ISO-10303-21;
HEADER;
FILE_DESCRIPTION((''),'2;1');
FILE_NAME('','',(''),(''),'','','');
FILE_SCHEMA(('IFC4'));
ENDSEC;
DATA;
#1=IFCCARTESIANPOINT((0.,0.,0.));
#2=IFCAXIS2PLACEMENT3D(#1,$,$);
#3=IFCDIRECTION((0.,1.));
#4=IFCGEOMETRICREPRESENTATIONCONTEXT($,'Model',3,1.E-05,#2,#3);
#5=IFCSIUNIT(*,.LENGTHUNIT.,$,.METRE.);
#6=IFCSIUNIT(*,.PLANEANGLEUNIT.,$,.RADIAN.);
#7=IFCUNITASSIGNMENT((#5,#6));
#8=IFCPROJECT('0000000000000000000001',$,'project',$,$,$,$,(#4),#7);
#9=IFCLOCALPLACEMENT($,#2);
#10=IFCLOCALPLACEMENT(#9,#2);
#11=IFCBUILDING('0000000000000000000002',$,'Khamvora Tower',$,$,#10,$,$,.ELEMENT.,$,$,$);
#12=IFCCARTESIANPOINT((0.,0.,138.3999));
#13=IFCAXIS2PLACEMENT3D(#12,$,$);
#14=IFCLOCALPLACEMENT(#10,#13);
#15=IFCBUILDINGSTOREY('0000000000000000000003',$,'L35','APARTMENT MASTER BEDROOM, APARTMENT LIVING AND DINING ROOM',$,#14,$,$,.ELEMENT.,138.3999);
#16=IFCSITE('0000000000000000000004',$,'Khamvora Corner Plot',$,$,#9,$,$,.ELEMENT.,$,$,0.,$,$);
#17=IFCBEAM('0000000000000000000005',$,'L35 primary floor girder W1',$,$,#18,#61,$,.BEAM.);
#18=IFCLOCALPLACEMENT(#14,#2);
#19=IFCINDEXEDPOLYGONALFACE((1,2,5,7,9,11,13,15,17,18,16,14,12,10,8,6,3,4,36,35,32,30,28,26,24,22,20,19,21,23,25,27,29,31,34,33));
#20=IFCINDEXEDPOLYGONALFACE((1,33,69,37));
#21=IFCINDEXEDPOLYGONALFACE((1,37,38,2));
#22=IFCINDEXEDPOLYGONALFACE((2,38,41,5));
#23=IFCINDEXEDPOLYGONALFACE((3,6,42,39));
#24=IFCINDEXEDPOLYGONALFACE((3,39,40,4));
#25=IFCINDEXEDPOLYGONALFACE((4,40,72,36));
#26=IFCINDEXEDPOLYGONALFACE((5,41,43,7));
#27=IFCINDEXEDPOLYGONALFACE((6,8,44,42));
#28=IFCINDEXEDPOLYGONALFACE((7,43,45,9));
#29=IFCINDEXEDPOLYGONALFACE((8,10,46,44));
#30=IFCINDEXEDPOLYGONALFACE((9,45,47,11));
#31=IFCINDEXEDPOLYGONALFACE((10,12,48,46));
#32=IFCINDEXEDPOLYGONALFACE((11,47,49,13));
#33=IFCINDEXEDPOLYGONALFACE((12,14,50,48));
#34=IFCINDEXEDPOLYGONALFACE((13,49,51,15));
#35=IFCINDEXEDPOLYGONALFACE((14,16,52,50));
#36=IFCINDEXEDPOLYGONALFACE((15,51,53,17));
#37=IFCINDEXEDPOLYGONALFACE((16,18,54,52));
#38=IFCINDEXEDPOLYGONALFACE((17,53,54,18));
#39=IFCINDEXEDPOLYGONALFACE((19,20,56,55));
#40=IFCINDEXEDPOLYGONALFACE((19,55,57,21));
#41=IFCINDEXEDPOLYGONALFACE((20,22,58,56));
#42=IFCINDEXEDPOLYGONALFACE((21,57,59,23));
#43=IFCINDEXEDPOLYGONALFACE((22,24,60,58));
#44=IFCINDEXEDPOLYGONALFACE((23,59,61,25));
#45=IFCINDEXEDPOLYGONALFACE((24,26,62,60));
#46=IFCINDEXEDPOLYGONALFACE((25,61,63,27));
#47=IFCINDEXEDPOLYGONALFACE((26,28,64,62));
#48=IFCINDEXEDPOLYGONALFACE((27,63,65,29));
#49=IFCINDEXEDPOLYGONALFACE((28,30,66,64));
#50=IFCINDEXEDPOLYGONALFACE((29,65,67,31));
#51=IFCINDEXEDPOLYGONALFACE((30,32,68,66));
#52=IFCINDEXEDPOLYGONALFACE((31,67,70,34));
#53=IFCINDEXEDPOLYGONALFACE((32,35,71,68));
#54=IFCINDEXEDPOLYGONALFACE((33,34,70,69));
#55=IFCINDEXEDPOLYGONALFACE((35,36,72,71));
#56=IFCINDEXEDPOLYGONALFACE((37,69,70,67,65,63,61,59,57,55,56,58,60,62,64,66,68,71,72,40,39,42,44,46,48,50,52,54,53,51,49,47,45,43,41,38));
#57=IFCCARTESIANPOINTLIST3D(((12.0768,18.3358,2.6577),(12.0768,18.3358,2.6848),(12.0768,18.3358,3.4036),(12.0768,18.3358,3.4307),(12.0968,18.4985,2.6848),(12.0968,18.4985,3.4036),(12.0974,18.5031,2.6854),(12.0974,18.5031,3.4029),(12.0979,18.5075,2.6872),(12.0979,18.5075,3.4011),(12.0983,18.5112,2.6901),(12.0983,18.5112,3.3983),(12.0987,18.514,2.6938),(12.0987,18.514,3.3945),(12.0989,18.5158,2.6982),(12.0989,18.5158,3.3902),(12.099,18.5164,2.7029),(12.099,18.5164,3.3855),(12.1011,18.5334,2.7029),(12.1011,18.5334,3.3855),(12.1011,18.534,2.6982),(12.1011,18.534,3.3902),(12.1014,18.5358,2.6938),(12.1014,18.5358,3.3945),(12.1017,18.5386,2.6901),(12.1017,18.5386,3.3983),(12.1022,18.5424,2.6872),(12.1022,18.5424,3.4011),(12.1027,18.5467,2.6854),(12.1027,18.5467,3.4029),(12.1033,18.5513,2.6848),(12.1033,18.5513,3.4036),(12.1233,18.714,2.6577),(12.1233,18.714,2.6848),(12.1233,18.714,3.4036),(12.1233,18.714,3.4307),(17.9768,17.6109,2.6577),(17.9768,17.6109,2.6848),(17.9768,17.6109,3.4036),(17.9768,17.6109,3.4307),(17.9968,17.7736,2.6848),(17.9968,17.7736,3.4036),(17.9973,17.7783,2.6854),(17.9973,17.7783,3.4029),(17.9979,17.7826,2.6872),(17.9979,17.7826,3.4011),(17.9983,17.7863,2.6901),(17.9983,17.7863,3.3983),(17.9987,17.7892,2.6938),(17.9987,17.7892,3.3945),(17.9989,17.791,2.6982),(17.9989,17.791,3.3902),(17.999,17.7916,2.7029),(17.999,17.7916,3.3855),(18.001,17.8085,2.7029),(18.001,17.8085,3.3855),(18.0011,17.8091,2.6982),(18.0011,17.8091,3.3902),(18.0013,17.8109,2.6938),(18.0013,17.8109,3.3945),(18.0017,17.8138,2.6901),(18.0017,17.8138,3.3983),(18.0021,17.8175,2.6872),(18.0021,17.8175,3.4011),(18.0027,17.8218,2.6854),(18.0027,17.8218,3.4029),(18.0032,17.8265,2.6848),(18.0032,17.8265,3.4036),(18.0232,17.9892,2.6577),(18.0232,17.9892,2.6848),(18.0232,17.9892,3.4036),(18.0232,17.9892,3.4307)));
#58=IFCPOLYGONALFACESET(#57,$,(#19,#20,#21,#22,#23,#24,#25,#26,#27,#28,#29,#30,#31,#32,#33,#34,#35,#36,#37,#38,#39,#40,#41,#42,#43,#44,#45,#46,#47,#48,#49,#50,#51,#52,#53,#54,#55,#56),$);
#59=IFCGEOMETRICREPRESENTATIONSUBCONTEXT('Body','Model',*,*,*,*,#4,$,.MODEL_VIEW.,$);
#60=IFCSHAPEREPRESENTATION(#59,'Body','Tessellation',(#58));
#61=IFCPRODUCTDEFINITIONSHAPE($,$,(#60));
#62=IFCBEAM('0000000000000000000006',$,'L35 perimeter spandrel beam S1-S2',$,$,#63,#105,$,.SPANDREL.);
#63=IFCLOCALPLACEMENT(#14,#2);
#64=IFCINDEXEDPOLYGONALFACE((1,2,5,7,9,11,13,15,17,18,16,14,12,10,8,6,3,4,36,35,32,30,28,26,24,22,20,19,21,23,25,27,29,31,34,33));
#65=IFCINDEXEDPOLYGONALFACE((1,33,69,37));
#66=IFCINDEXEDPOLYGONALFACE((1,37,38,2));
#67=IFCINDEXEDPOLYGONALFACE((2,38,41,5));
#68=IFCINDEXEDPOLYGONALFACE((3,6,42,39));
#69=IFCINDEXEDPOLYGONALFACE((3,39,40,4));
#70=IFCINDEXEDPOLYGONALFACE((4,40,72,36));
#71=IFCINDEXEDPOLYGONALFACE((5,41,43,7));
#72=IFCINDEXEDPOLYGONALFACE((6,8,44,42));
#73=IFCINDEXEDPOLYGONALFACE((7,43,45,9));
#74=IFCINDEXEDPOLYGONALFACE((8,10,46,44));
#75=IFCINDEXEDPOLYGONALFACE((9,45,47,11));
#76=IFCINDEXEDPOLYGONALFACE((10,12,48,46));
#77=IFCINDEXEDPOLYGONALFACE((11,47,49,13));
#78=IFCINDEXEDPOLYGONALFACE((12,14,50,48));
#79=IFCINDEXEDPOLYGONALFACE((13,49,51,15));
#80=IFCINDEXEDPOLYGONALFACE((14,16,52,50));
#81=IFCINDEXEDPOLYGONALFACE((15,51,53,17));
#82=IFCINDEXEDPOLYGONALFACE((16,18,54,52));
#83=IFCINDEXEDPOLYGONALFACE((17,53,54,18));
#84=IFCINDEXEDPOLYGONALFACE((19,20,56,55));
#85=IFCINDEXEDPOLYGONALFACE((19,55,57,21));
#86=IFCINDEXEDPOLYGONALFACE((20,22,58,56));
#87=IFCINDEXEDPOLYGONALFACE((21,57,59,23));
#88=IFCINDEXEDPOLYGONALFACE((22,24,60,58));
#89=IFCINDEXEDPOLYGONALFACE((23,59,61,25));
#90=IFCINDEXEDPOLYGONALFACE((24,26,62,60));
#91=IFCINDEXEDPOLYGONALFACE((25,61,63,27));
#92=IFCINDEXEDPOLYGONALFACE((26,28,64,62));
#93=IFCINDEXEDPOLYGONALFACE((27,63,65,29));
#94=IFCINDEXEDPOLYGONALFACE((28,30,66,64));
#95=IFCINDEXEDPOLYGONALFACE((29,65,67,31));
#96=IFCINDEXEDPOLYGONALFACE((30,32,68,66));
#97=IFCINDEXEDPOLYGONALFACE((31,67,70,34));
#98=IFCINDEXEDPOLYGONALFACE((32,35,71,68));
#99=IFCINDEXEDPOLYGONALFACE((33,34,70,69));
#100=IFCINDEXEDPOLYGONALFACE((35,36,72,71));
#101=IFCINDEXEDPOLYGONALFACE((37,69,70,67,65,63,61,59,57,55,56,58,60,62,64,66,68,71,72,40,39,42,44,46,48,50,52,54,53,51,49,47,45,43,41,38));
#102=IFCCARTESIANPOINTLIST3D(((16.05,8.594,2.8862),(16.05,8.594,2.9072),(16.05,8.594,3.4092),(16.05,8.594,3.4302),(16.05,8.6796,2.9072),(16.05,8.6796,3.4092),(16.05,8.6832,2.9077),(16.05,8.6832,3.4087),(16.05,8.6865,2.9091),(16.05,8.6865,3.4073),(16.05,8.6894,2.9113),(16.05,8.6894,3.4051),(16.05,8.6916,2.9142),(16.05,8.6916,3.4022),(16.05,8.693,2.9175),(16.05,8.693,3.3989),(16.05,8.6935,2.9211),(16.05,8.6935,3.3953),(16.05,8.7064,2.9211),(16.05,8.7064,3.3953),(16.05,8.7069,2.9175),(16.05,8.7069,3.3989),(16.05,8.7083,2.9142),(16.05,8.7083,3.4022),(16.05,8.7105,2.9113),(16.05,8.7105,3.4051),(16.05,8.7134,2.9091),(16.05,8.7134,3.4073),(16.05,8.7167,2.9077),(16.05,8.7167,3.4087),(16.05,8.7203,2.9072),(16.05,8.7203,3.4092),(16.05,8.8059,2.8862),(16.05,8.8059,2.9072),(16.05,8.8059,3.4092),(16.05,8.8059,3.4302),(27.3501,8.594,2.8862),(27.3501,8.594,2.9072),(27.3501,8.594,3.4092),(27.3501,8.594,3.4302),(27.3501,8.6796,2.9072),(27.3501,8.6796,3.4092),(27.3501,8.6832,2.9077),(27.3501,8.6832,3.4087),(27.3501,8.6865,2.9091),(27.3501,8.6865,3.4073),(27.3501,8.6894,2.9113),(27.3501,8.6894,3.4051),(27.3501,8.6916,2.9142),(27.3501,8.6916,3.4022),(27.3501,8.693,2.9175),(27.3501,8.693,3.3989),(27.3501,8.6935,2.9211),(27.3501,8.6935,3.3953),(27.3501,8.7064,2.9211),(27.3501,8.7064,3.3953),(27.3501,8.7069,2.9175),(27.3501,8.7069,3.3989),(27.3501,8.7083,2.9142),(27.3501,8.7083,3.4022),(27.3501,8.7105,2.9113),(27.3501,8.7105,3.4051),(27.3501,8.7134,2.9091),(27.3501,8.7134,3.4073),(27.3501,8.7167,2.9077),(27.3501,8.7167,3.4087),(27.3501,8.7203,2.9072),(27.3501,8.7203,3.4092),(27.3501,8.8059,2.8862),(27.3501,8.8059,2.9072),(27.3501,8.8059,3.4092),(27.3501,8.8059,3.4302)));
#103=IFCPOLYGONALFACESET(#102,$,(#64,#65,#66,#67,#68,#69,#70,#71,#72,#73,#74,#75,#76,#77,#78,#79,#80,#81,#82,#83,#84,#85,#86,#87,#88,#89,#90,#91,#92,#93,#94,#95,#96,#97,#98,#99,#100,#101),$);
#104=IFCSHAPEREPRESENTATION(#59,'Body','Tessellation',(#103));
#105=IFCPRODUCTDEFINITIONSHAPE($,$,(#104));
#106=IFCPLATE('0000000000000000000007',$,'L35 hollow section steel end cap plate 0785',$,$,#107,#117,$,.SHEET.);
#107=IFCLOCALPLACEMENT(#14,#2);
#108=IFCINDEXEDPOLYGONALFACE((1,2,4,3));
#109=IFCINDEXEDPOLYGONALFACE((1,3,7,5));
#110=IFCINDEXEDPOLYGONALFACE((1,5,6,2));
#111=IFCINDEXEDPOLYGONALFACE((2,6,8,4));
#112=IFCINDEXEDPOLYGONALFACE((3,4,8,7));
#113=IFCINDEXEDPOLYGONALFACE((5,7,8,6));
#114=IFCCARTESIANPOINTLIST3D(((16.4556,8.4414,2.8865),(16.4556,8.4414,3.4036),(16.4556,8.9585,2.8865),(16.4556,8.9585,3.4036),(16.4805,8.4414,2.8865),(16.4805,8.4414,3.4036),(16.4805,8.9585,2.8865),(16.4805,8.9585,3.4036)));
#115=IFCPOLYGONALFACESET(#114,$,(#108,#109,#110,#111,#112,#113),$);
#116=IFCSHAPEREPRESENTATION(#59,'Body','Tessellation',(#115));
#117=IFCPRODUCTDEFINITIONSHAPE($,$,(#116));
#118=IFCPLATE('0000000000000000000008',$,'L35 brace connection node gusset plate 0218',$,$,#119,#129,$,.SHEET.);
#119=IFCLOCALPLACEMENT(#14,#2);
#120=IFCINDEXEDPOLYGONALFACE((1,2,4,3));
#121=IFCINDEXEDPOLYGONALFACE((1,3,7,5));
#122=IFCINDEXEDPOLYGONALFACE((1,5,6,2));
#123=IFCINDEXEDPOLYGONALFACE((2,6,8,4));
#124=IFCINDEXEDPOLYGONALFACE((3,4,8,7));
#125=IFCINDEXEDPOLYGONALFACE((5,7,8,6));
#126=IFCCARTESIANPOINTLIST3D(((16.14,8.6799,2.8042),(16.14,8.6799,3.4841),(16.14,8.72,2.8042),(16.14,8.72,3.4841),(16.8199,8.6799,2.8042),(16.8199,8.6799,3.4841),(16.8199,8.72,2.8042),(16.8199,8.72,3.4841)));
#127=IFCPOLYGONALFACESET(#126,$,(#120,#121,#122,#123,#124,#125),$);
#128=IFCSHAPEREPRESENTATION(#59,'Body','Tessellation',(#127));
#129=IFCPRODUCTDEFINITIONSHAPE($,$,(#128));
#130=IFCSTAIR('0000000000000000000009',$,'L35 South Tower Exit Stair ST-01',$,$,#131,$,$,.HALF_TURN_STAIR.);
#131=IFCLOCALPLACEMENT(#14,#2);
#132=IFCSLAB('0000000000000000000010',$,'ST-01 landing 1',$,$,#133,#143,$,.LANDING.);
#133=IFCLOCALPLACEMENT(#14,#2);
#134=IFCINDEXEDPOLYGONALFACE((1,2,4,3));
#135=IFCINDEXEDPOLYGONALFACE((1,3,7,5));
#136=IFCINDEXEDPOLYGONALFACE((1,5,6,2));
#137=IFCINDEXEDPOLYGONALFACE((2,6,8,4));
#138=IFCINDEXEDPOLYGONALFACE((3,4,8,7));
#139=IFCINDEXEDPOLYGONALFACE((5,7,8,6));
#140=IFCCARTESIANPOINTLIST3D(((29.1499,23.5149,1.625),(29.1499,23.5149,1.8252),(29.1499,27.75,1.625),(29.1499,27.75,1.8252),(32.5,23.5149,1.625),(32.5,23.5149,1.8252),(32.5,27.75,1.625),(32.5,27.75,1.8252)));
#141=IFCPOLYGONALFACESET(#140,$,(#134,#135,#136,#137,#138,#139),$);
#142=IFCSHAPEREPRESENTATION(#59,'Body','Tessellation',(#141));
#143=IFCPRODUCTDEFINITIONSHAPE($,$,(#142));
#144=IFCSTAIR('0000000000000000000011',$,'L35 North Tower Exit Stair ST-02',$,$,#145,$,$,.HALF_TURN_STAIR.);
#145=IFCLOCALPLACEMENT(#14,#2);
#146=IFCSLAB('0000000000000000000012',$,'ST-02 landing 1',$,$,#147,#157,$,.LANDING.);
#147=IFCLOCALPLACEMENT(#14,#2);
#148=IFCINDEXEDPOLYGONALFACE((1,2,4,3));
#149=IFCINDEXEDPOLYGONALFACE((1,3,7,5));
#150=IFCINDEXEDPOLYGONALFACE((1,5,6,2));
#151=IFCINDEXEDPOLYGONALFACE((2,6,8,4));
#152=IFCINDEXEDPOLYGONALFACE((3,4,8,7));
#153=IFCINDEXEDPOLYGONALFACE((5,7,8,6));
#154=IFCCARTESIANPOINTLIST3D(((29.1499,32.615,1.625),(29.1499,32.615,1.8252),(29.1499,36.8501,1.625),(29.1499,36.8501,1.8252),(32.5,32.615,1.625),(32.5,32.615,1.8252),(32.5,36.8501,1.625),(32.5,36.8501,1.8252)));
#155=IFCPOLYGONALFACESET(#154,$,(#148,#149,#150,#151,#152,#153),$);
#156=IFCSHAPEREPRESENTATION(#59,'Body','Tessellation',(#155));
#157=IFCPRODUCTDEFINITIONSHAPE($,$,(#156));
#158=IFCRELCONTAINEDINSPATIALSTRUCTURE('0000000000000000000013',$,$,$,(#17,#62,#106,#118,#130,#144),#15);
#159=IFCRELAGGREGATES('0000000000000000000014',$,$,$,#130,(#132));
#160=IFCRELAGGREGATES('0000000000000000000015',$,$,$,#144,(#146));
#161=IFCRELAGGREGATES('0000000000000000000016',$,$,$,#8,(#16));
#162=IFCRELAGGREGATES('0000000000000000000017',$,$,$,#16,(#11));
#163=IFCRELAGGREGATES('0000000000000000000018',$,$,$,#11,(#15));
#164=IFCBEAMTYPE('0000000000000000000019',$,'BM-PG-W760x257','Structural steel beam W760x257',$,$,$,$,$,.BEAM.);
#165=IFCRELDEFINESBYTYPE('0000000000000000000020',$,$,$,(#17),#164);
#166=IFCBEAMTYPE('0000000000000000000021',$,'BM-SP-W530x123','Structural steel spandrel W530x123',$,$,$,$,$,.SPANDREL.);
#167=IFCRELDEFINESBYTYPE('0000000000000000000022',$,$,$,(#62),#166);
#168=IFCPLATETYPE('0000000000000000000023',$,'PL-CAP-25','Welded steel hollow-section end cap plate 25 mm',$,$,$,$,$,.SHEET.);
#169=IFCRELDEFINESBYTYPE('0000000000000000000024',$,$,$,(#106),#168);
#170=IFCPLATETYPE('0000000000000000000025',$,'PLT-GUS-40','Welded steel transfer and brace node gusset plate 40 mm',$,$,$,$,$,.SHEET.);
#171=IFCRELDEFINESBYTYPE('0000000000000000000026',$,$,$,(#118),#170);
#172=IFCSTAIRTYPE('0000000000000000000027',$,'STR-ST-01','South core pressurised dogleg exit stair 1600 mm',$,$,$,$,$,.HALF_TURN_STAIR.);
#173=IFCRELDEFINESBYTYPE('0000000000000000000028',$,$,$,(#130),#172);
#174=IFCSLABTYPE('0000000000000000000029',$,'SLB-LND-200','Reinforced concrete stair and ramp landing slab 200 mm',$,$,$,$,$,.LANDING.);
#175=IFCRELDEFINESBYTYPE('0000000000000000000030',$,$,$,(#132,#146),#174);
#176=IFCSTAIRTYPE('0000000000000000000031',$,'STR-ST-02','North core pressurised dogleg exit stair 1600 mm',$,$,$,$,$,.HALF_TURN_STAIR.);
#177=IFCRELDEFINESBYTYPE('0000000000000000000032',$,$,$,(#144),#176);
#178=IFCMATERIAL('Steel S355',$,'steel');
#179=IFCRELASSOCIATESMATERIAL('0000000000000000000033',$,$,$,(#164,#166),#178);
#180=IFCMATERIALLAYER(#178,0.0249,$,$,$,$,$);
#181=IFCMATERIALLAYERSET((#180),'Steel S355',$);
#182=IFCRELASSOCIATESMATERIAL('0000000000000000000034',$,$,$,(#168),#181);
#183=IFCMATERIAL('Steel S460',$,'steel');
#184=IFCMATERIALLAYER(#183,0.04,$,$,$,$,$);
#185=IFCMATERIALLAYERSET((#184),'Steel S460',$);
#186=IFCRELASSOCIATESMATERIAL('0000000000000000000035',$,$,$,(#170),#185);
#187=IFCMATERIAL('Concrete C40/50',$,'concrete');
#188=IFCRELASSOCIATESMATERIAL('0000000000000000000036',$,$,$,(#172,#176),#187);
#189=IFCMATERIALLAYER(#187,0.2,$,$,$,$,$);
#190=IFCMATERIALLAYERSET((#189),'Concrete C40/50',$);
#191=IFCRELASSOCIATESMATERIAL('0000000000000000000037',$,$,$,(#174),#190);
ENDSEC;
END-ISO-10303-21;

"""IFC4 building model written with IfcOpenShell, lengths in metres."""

from ifc_helpers import new_model, si_unit, direction, frame, origin, origin_2d, place, context, subcontext, project, spatial, polyline, rectangle, i_section, outline, extrude, material, layer, layer_set, material_profile, profile_set, type_object, element, aggregate, save


model = new_model("IFC4")

# Units and contexts
model_context = context("Model", 3, precision=1e-05, world=origin(), true_north=direction((0.0, 1.0)))
body_context = subcontext(model_context, "Body", "Model", "MODEL_VIEW")
ifc_project = project(units=[si_unit("LENGTHUNIT", "METRE"), si_unit("PLANEANGLEUNIT", "RADIAN")], contexts=[model_context])

# Site, building, storey
site_placement = place(None, origin())
site = spatial("IfcSite", under=ifc_project, at=site_placement, Name="Khamvora Corner Plot", CompositionType="ELEMENT", RefElevation=0.0)
building_placement = place(site_placement, origin())
building = spatial("IfcBuilding", under=site, at=building_placement, Name="Khamvora Tower", CompositionType="ELEMENT")
storey_placement = place(building_placement, frame((0.0, 0.0, 138.3999)))
storey = spatial("IfcBuildingStorey", under=building, at=storey_placement, Name="L35", Description="APARTMENT MASTER BEDROOM, APARTMENT LIVING AND DINING ROOM", CompositionType="ELEMENT", Elevation=138.3999)

# Shared definitions
ifc_material_1 = material(Name="Steel S355", Category="steel")

# Beams
ifc_material_profile_1 = material_profile(ifc_material_1, i_section(OverallWidth=0.3811, OverallDepth=0.7729, WebThickness=0.0171, FlangeThickness=0.0271, FilletRadius=0.0181, at=origin_2d()), Name="W760x257")
ifc_profile_set_1 = profile_set([ifc_material_profile_1], Name="Steel S355")
beam_type_1 = type_object("IfcBeamType", Name="BM-PG-W760x257", Description="Structural steel beam W760x257", PredefinedType="BEAM", material=ifc_profile_set_1)
beam_1_placement = place(storey_placement, frame((18.0, 17.8, 3.0442), z_axis=(-0.992537, 0.121942, 0.0), x_axis=(-0.121942, -0.992537, 0.0)))
element("IfcBeam", 1, at=beam_1_placement, inside=storey, type_object=beam_type_1, Name="L35 primary floor girder W1", PredefinedType="BEAM", context=body_context, shape_type="SweptSolid", body=[
    extrude(i_section(OverallWidth=0.3811, OverallDepth=0.7729, WebThickness=0.0171, FlangeThickness=0.0271, FilletRadius=0.0181, at=origin_2d()), origin(), (0.0, 0.0, 1.0), 5.9443),
])
ifc_material_profile_2 = material_profile(ifc_material_1, i_section(OverallWidth=0.2119, OverallDepth=0.5439, WebThickness=0.0129, FlangeThickness=0.021, FilletRadius=0.0139, at=origin_2d()), Name="W530x123")
ifc_profile_set_2 = profile_set([ifc_material_profile_2], Name="Steel S355")
beam_type_2 = type_object("IfcBeamType", Name="BM-SP-W530x123", Description="Structural steel spandrel W530x123", PredefinedType="SPANDREL", material=ifc_profile_set_2)
beam_2_placement = place(storey_placement, frame((16.05, 8.7, 3.1582), z_axis=(1.0, 0.0, 0.0), x_axis=(0.0, 1.0, 0.0)))
element("IfcBeam", 2, at=beam_2_placement, inside=storey, type_object=beam_type_2, Name="L35 perimeter spandrel beam S1-S2", PredefinedType="SPANDREL", context=body_context, shape_type="SweptSolid", body=[
    extrude(i_section(OverallWidth=0.2119, OverallDepth=0.5439, WebThickness=0.0129, FlangeThickness=0.021, FilletRadius=0.0139, at=origin_2d()), origin(), (0.0, 0.0, 1.0), 11.3),
])

# Plates
ifc_layer_1 = layer(ifc_material_1, 0.0249)
ifc_layer_set_1 = layer_set([ifc_layer_1], Name="Steel S355")
plate_type_1 = type_object("IfcPlateType", Name="PL-CAP-25", Description="Welded steel hollow-section end cap plate 25 mm", PredefinedType="SHEET", material=ifc_layer_set_1)
plate_1_placement = place(storey_placement, frame((16.468, 8.7, 2.8865), z_axis=(0.0, 0.0, 1.0), x_axis=(-1.0, 0.0, 0.0)))
element("IfcPlate", 3, at=plate_1_placement, inside=storey, type_object=plate_type_1, Name="L35 hollow section steel end cap plate 0785", PredefinedType="SHEET", context=body_context, shape_type="SweptSolid", body=[
    extrude(rectangle(XDim=0.0249, YDim=0.5171, at=origin_2d()), origin(), (0.0, 0.0, 1.0), 0.5171),
])
ifc_material_2 = material(Name="Steel S460", Category="steel")
ifc_layer_2 = layer(ifc_material_2, 0.04)
ifc_layer_set_2 = layer_set([ifc_layer_2], Name="Steel S460")
plate_type_2 = type_object("IfcPlateType", Name="PLT-GUS-40", Description="Welded steel transfer and brace node gusset plate 40 mm", PredefinedType="SHEET", material=ifc_layer_set_2)
plate_2_placement = place(storey_placement, frame((16.48, 8.7, 2.8042), z_axis=(0.0, 0.0, 1.0), x_axis=(1.0, 0.0, 0.0)))
element("IfcPlate", 4, at=plate_2_placement, inside=storey, type_object=plate_type_2, Name="L35 brace connection node gusset plate 0218", PredefinedType="SHEET", context=body_context, shape_type="SweptSolid", body=[
    extrude(rectangle(XDim=0.6799, YDim=0.04, at=origin_2d()), origin(), (0.0, 0.0, 1.0), 0.6799),
])

# Stairs, slabs
ifc_material_3 = material(Name="Concrete C40/50", Category="concrete")
stair_type_1 = type_object("IfcStairType", Name="STR-ST-01", Description="South core pressurised dogleg exit stair 1600 mm", PredefinedType="HALF_TURN_STAIR", material=ifc_material_3)
stair_1_placement = place(storey_placement, origin())
stair_1 = element("IfcStair", 5, at=stair_1_placement, inside=storey, type_object=stair_type_1, Name="L35 South Tower Exit Stair ST-01", PredefinedType="HALF_TURN_STAIR")
ifc_layer_3 = layer(ifc_material_3, 0.2)
ifc_layer_set_3 = layer_set([ifc_layer_3], Name="Concrete C40/50")
slab_type_1 = type_object("IfcSlabType", Name="SLB-LND-200", Description="Reinforced concrete stair and ramp landing slab 200 mm", PredefinedType="LANDING", material=ifc_layer_set_3)
slab_1_placement = place(storey_placement, frame((0.0, 0.0, 1.625)))
slab_1 = element("IfcSlab", 6, at=slab_1_placement, type_object=slab_type_1, Name="ST-01 landing 1", PredefinedType="LANDING", context=body_context, shape_type="SweptSolid", body=[
    extrude(outline(polyline([(32.5, 23.5149), (32.5, 27.75), (29.1499, 27.75), (29.1499, 23.5149), (32.5, 23.5149)])), origin(), (0.0, 0.0, 1.0), 0.2002),
])
aggregate(stair_1, [slab_1])
stair_type_2 = type_object("IfcStairType", Name="STR-ST-02", Description="North core pressurised dogleg exit stair 1600 mm", PredefinedType="HALF_TURN_STAIR", material=ifc_material_3)
stair_2_placement = place(storey_placement, origin())
stair_2 = element("IfcStair", 7, at=stair_2_placement, inside=storey, type_object=stair_type_2, Name="L35 North Tower Exit Stair ST-02", PredefinedType="HALF_TURN_STAIR")
slab_2_placement = place(storey_placement, frame((0.0, 0.0, 1.625)))
slab_2 = element("IfcSlab", 8, at=slab_2_placement, type_object=slab_type_1, Name="ST-02 landing 1", PredefinedType="LANDING", context=body_context, shape_type="SweptSolid", body=[
    extrude(outline(polyline([(32.5, 32.615), (32.5, 36.8501), (29.1499, 36.8501), (29.1499, 32.615), (32.5, 32.615)])), origin(), (0.0, 0.0, 1.0), 0.2002),
])
aggregate(stair_2, [slab_2])

save(model, "model.ifc")
